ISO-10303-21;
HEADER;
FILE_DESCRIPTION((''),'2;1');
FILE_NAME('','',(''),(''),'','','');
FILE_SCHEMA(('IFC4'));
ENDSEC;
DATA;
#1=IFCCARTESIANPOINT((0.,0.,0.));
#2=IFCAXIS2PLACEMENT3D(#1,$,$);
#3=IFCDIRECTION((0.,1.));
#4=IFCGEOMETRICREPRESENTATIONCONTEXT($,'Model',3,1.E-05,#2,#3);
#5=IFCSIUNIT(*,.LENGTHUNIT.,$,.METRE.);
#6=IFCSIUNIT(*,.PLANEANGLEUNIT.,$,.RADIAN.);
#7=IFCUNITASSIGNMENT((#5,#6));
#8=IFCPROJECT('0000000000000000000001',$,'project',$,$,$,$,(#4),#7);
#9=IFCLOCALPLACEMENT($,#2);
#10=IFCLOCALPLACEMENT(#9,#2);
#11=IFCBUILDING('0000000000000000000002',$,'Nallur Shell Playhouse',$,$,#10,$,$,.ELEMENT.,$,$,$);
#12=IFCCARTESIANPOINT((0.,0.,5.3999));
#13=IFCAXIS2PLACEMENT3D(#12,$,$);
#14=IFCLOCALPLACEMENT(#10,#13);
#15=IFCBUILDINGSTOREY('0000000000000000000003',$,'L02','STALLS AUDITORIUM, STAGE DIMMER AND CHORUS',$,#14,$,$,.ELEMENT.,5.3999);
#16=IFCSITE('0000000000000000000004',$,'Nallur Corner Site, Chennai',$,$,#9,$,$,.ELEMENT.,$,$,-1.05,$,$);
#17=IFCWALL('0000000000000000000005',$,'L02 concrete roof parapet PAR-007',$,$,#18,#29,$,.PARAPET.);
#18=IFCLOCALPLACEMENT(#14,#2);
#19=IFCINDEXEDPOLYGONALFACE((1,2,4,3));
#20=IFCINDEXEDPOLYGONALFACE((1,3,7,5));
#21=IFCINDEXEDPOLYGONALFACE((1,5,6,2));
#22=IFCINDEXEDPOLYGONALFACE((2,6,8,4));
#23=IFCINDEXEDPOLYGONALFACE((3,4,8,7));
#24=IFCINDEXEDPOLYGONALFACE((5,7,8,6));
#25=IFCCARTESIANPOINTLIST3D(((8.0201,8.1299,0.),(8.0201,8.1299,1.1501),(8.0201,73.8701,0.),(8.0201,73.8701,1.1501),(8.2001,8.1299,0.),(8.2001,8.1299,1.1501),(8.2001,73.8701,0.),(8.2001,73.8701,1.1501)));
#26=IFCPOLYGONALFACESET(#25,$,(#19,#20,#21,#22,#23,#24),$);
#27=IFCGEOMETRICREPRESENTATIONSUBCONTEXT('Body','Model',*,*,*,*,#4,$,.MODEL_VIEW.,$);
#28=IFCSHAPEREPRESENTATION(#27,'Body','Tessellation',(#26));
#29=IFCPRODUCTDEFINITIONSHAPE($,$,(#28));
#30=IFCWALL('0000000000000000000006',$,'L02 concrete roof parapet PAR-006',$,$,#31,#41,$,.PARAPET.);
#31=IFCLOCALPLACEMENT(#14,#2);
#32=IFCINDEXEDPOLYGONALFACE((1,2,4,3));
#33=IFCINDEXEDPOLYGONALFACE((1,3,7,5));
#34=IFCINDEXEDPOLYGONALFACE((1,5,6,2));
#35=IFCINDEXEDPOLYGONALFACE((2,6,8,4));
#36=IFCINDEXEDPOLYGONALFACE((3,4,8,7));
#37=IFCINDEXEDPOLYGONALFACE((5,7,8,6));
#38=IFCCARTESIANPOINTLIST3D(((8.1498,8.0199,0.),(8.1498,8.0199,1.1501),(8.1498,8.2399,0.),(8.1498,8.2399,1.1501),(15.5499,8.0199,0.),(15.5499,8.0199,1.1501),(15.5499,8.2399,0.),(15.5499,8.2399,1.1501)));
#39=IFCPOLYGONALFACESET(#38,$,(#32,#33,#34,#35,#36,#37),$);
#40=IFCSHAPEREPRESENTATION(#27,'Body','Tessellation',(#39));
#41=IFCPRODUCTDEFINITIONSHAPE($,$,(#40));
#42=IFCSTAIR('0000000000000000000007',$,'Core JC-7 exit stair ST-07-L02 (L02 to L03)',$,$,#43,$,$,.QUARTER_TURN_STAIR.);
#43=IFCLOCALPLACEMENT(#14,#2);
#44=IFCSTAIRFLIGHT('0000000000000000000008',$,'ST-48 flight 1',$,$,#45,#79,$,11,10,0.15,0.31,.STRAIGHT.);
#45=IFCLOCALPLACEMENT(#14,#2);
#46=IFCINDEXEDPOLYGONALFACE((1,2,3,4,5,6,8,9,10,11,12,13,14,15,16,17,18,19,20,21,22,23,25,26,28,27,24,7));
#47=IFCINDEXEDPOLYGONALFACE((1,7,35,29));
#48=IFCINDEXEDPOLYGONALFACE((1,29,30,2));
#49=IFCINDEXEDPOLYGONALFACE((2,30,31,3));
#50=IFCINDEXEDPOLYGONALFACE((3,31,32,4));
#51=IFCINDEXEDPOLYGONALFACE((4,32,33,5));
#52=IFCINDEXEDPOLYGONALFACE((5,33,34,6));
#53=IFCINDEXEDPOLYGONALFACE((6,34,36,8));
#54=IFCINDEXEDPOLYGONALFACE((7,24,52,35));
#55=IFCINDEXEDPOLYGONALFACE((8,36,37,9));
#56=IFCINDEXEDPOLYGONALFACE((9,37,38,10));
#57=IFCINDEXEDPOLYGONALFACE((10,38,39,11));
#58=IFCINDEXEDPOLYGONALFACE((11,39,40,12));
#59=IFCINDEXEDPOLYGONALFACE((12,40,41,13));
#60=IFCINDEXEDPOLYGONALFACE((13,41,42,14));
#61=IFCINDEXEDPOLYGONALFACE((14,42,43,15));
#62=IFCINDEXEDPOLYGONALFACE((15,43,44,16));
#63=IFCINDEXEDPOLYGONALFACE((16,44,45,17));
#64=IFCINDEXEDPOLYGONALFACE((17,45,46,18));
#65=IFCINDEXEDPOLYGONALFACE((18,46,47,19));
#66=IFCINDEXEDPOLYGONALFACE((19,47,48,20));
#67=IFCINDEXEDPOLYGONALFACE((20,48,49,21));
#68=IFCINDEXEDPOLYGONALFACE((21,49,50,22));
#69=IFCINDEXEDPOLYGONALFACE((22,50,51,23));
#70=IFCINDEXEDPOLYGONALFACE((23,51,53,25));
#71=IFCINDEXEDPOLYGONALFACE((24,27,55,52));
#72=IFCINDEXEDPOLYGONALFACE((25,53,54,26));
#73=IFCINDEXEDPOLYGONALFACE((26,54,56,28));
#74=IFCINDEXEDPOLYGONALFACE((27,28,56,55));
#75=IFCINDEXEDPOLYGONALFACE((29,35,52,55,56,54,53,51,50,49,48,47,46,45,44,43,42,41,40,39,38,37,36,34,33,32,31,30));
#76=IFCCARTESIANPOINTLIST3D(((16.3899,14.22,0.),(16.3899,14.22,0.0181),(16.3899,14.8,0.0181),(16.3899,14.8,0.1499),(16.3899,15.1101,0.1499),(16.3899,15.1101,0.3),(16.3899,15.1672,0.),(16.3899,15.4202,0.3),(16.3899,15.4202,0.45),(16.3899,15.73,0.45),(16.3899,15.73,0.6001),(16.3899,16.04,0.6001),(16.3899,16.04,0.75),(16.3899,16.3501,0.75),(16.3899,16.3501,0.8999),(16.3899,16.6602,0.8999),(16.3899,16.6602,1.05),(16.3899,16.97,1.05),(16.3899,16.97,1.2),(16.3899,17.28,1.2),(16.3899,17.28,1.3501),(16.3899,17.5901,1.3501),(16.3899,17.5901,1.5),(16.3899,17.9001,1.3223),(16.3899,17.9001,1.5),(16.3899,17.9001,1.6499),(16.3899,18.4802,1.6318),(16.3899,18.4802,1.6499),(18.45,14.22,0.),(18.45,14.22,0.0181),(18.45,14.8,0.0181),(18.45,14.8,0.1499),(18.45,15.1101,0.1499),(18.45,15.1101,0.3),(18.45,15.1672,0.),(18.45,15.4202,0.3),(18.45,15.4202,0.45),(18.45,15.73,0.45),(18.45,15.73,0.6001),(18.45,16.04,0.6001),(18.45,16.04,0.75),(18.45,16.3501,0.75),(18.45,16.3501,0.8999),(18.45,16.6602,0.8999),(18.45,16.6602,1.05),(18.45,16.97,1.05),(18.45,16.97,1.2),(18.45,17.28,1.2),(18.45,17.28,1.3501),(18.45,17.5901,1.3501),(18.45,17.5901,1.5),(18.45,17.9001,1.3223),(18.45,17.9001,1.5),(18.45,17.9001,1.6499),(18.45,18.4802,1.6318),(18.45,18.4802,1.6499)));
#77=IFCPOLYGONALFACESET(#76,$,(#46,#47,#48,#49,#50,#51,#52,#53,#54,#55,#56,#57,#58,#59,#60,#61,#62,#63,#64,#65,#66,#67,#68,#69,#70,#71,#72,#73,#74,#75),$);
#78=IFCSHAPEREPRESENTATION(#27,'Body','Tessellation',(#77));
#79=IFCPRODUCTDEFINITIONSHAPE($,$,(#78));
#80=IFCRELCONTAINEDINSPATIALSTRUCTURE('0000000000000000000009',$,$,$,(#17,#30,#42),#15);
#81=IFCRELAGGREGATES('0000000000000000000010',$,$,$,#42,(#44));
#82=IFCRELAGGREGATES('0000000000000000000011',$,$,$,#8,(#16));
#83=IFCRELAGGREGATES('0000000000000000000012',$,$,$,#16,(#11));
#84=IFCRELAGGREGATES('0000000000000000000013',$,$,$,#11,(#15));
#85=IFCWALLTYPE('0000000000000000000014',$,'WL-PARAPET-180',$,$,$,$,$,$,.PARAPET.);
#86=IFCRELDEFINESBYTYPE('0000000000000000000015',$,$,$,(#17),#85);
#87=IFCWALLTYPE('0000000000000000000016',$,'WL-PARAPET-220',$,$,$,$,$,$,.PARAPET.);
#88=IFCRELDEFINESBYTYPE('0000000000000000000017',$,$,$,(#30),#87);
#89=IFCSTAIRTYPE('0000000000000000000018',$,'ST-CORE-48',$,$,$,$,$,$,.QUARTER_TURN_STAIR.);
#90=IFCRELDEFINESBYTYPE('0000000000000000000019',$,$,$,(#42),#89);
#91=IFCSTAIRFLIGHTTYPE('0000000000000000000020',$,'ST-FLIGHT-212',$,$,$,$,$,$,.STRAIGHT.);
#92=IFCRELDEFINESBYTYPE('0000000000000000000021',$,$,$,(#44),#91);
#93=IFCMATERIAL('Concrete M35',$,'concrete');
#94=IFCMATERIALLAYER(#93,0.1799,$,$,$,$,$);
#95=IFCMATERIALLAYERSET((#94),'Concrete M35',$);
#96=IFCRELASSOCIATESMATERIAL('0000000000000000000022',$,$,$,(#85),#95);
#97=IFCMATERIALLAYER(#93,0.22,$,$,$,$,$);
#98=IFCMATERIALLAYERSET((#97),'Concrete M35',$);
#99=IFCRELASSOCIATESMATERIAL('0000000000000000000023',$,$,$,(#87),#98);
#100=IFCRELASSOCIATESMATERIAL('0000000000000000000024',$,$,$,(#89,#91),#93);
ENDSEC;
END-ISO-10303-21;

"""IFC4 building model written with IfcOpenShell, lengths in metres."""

from ifc_helpers import new_model, si_unit, direction, frame, frame_2d, origin, place, context, subcontext, project, spatial, polyline, rectangle, outline, extrude, material, layer, layer_set, type_object, element, aggregate, save


model = new_model("IFC4")

# Units and contexts
model_context = context("Model", 3, precision=1e-05, world=origin(), true_north=direction((0.0, 1.0)))
body_context = subcontext(model_context, "Body", "Model", "MODEL_VIEW")
ifc_project = project(units=[si_unit("LENGTHUNIT", "METRE"), si_unit("PLANEANGLEUNIT", "RADIAN")], contexts=[model_context])

# Site, building, storey
site_placement = place(None, origin())
site = spatial("IfcSite", under=ifc_project, at=site_placement, Name="Nallur Corner Site, Chennai", CompositionType="ELEMENT", RefElevation=-1.05)
building_placement = place(site_placement, origin())
building = spatial("IfcBuilding", under=site, at=building_placement, Name="Nallur Shell Playhouse", CompositionType="ELEMENT")
storey_placement = place(building_placement, frame((0.0, 0.0, 5.3999)))
storey = spatial("IfcBuildingStorey", under=building, at=storey_placement, Name="L02", Description="STALLS AUDITORIUM, STAGE DIMMER AND CHORUS", CompositionType="ELEMENT", Elevation=5.3999)

# Shared definitions
ifc_material_1 = material(Name="Concrete M35", Category="concrete")

# Walls
ifc_layer_1 = layer(ifc_material_1, 0.1799)
ifc_layer_set_1 = layer_set([ifc_layer_1], Name="Concrete M35")
wall_type_1 = type_object("IfcWallType", Name="WL-PARAPET-180", PredefinedType="PARAPET", material=ifc_layer_set_1)
wall_1_placement = place(storey_placement, frame((8.1101, 8.1299, 0.0), z_axis=(0.0, 0.0, 1.0), x_axis=(0.0, 1.0, 0.0)))
element("IfcWall", 1, at=wall_1_placement, inside=storey, type_object=wall_type_1, Name="L02 concrete roof parapet PAR-007", PredefinedType="PARAPET", context=body_context, shape_type="SweptSolid", body=[
    extrude(rectangle(XDim=65.7402, YDim=0.1799, at=frame_2d((32.8701, 0.0))), origin(), (0.0, 0.0, 1.0), 1.1501),
])
ifc_layer_2 = layer(ifc_material_1, 0.22)
ifc_layer_set_2 = layer_set([ifc_layer_2], Name="Concrete M35")
wall_type_2 = type_object("IfcWallType", Name="WL-PARAPET-220", PredefinedType="PARAPET", material=ifc_layer_set_2)
wall_2_placement = place(storey_placement, frame((15.55, 8.1299, 0.0), z_axis=(0.0, 0.0, 1.0), x_axis=(-1.0, 0.0, 0.0)))
element("IfcWall", 2, at=wall_2_placement, inside=storey, type_object=wall_type_2, Name="L02 concrete roof parapet PAR-006", PredefinedType="PARAPET", context=body_context, shape_type="SweptSolid", body=[
    extrude(rectangle(XDim=7.4001, YDim=0.22, at=frame_2d((3.7002, 0.0))), origin(), (0.0, 0.0, 1.0), 1.1501),
])

# Stair, stair flight
stair_type = type_object("IfcStairType", Name="ST-CORE-48", PredefinedType="QUARTER_TURN_STAIR", material=ifc_material_1)
stair_placement = place(storey_placement, origin())
stair = element("IfcStair", 3, at=stair_placement, inside=storey, type_object=stair_type, Name="Core JC-7 exit stair ST-07-L02 (L02 to L03)", PredefinedType="QUARTER_TURN_STAIR")
stair_flight_type = type_object("IfcStairFlightType", Name="ST-FLIGHT-212", PredefinedType="STRAIGHT", material=ifc_material_1)
stair_flight_placement = place(storey_placement, frame((17.4199, 14.8, 0.0), z_axis=(0.0, 0.0, 1.0), x_axis=(0.0, 1.0, 0.0)))
stair_flight = element("IfcStairFlight", 4, at=stair_flight_placement, type_object=stair_flight_type, Name="ST-48 flight 1", NumberOfRisers=11, NumberOfTreads=10, PredefinedType="STRAIGHT", RiserHeight=0.15, TreadLength=0.31, context=body_context, shape_type="SweptSolid", body=[
    extrude(outline(polyline([(-0.5801, 0.0), (-0.5801, 0.0181), (0.0, 0.0181), (0.0, 0.1499), (0.3101, 0.1499), (0.3101, 0.3), (0.6201, 0.3), (0.6201, 0.45), (0.9299, 0.45), (0.9299, 0.6001), (1.24, 0.6001), (1.24, 0.75), (1.55, 0.75), (1.55, 0.8999), (1.8601, 0.8999), (1.8601, 1.05), (2.1699, 1.05), (2.1699, 1.2), (2.48, 1.2), (2.48, 1.3501), (2.79, 1.3501), (2.79, 1.5), (3.1001, 1.5), (3.1001, 1.6499), (3.6802, 1.6499), (3.6802, 1.6318), (3.1001, 1.3223), (0.3672, 0.0), (-0.5801, 0.0)])), frame((0.0, 1.03, 0.0), z_axis=(0.0, -1.0, 0.0), x_axis=(1.0, 0.0, 0.0)), (0.0, 0.0, 1.0), 2.0601),
])
aggregate(stair, [stair_flight])

save(model, "model.ifc")
